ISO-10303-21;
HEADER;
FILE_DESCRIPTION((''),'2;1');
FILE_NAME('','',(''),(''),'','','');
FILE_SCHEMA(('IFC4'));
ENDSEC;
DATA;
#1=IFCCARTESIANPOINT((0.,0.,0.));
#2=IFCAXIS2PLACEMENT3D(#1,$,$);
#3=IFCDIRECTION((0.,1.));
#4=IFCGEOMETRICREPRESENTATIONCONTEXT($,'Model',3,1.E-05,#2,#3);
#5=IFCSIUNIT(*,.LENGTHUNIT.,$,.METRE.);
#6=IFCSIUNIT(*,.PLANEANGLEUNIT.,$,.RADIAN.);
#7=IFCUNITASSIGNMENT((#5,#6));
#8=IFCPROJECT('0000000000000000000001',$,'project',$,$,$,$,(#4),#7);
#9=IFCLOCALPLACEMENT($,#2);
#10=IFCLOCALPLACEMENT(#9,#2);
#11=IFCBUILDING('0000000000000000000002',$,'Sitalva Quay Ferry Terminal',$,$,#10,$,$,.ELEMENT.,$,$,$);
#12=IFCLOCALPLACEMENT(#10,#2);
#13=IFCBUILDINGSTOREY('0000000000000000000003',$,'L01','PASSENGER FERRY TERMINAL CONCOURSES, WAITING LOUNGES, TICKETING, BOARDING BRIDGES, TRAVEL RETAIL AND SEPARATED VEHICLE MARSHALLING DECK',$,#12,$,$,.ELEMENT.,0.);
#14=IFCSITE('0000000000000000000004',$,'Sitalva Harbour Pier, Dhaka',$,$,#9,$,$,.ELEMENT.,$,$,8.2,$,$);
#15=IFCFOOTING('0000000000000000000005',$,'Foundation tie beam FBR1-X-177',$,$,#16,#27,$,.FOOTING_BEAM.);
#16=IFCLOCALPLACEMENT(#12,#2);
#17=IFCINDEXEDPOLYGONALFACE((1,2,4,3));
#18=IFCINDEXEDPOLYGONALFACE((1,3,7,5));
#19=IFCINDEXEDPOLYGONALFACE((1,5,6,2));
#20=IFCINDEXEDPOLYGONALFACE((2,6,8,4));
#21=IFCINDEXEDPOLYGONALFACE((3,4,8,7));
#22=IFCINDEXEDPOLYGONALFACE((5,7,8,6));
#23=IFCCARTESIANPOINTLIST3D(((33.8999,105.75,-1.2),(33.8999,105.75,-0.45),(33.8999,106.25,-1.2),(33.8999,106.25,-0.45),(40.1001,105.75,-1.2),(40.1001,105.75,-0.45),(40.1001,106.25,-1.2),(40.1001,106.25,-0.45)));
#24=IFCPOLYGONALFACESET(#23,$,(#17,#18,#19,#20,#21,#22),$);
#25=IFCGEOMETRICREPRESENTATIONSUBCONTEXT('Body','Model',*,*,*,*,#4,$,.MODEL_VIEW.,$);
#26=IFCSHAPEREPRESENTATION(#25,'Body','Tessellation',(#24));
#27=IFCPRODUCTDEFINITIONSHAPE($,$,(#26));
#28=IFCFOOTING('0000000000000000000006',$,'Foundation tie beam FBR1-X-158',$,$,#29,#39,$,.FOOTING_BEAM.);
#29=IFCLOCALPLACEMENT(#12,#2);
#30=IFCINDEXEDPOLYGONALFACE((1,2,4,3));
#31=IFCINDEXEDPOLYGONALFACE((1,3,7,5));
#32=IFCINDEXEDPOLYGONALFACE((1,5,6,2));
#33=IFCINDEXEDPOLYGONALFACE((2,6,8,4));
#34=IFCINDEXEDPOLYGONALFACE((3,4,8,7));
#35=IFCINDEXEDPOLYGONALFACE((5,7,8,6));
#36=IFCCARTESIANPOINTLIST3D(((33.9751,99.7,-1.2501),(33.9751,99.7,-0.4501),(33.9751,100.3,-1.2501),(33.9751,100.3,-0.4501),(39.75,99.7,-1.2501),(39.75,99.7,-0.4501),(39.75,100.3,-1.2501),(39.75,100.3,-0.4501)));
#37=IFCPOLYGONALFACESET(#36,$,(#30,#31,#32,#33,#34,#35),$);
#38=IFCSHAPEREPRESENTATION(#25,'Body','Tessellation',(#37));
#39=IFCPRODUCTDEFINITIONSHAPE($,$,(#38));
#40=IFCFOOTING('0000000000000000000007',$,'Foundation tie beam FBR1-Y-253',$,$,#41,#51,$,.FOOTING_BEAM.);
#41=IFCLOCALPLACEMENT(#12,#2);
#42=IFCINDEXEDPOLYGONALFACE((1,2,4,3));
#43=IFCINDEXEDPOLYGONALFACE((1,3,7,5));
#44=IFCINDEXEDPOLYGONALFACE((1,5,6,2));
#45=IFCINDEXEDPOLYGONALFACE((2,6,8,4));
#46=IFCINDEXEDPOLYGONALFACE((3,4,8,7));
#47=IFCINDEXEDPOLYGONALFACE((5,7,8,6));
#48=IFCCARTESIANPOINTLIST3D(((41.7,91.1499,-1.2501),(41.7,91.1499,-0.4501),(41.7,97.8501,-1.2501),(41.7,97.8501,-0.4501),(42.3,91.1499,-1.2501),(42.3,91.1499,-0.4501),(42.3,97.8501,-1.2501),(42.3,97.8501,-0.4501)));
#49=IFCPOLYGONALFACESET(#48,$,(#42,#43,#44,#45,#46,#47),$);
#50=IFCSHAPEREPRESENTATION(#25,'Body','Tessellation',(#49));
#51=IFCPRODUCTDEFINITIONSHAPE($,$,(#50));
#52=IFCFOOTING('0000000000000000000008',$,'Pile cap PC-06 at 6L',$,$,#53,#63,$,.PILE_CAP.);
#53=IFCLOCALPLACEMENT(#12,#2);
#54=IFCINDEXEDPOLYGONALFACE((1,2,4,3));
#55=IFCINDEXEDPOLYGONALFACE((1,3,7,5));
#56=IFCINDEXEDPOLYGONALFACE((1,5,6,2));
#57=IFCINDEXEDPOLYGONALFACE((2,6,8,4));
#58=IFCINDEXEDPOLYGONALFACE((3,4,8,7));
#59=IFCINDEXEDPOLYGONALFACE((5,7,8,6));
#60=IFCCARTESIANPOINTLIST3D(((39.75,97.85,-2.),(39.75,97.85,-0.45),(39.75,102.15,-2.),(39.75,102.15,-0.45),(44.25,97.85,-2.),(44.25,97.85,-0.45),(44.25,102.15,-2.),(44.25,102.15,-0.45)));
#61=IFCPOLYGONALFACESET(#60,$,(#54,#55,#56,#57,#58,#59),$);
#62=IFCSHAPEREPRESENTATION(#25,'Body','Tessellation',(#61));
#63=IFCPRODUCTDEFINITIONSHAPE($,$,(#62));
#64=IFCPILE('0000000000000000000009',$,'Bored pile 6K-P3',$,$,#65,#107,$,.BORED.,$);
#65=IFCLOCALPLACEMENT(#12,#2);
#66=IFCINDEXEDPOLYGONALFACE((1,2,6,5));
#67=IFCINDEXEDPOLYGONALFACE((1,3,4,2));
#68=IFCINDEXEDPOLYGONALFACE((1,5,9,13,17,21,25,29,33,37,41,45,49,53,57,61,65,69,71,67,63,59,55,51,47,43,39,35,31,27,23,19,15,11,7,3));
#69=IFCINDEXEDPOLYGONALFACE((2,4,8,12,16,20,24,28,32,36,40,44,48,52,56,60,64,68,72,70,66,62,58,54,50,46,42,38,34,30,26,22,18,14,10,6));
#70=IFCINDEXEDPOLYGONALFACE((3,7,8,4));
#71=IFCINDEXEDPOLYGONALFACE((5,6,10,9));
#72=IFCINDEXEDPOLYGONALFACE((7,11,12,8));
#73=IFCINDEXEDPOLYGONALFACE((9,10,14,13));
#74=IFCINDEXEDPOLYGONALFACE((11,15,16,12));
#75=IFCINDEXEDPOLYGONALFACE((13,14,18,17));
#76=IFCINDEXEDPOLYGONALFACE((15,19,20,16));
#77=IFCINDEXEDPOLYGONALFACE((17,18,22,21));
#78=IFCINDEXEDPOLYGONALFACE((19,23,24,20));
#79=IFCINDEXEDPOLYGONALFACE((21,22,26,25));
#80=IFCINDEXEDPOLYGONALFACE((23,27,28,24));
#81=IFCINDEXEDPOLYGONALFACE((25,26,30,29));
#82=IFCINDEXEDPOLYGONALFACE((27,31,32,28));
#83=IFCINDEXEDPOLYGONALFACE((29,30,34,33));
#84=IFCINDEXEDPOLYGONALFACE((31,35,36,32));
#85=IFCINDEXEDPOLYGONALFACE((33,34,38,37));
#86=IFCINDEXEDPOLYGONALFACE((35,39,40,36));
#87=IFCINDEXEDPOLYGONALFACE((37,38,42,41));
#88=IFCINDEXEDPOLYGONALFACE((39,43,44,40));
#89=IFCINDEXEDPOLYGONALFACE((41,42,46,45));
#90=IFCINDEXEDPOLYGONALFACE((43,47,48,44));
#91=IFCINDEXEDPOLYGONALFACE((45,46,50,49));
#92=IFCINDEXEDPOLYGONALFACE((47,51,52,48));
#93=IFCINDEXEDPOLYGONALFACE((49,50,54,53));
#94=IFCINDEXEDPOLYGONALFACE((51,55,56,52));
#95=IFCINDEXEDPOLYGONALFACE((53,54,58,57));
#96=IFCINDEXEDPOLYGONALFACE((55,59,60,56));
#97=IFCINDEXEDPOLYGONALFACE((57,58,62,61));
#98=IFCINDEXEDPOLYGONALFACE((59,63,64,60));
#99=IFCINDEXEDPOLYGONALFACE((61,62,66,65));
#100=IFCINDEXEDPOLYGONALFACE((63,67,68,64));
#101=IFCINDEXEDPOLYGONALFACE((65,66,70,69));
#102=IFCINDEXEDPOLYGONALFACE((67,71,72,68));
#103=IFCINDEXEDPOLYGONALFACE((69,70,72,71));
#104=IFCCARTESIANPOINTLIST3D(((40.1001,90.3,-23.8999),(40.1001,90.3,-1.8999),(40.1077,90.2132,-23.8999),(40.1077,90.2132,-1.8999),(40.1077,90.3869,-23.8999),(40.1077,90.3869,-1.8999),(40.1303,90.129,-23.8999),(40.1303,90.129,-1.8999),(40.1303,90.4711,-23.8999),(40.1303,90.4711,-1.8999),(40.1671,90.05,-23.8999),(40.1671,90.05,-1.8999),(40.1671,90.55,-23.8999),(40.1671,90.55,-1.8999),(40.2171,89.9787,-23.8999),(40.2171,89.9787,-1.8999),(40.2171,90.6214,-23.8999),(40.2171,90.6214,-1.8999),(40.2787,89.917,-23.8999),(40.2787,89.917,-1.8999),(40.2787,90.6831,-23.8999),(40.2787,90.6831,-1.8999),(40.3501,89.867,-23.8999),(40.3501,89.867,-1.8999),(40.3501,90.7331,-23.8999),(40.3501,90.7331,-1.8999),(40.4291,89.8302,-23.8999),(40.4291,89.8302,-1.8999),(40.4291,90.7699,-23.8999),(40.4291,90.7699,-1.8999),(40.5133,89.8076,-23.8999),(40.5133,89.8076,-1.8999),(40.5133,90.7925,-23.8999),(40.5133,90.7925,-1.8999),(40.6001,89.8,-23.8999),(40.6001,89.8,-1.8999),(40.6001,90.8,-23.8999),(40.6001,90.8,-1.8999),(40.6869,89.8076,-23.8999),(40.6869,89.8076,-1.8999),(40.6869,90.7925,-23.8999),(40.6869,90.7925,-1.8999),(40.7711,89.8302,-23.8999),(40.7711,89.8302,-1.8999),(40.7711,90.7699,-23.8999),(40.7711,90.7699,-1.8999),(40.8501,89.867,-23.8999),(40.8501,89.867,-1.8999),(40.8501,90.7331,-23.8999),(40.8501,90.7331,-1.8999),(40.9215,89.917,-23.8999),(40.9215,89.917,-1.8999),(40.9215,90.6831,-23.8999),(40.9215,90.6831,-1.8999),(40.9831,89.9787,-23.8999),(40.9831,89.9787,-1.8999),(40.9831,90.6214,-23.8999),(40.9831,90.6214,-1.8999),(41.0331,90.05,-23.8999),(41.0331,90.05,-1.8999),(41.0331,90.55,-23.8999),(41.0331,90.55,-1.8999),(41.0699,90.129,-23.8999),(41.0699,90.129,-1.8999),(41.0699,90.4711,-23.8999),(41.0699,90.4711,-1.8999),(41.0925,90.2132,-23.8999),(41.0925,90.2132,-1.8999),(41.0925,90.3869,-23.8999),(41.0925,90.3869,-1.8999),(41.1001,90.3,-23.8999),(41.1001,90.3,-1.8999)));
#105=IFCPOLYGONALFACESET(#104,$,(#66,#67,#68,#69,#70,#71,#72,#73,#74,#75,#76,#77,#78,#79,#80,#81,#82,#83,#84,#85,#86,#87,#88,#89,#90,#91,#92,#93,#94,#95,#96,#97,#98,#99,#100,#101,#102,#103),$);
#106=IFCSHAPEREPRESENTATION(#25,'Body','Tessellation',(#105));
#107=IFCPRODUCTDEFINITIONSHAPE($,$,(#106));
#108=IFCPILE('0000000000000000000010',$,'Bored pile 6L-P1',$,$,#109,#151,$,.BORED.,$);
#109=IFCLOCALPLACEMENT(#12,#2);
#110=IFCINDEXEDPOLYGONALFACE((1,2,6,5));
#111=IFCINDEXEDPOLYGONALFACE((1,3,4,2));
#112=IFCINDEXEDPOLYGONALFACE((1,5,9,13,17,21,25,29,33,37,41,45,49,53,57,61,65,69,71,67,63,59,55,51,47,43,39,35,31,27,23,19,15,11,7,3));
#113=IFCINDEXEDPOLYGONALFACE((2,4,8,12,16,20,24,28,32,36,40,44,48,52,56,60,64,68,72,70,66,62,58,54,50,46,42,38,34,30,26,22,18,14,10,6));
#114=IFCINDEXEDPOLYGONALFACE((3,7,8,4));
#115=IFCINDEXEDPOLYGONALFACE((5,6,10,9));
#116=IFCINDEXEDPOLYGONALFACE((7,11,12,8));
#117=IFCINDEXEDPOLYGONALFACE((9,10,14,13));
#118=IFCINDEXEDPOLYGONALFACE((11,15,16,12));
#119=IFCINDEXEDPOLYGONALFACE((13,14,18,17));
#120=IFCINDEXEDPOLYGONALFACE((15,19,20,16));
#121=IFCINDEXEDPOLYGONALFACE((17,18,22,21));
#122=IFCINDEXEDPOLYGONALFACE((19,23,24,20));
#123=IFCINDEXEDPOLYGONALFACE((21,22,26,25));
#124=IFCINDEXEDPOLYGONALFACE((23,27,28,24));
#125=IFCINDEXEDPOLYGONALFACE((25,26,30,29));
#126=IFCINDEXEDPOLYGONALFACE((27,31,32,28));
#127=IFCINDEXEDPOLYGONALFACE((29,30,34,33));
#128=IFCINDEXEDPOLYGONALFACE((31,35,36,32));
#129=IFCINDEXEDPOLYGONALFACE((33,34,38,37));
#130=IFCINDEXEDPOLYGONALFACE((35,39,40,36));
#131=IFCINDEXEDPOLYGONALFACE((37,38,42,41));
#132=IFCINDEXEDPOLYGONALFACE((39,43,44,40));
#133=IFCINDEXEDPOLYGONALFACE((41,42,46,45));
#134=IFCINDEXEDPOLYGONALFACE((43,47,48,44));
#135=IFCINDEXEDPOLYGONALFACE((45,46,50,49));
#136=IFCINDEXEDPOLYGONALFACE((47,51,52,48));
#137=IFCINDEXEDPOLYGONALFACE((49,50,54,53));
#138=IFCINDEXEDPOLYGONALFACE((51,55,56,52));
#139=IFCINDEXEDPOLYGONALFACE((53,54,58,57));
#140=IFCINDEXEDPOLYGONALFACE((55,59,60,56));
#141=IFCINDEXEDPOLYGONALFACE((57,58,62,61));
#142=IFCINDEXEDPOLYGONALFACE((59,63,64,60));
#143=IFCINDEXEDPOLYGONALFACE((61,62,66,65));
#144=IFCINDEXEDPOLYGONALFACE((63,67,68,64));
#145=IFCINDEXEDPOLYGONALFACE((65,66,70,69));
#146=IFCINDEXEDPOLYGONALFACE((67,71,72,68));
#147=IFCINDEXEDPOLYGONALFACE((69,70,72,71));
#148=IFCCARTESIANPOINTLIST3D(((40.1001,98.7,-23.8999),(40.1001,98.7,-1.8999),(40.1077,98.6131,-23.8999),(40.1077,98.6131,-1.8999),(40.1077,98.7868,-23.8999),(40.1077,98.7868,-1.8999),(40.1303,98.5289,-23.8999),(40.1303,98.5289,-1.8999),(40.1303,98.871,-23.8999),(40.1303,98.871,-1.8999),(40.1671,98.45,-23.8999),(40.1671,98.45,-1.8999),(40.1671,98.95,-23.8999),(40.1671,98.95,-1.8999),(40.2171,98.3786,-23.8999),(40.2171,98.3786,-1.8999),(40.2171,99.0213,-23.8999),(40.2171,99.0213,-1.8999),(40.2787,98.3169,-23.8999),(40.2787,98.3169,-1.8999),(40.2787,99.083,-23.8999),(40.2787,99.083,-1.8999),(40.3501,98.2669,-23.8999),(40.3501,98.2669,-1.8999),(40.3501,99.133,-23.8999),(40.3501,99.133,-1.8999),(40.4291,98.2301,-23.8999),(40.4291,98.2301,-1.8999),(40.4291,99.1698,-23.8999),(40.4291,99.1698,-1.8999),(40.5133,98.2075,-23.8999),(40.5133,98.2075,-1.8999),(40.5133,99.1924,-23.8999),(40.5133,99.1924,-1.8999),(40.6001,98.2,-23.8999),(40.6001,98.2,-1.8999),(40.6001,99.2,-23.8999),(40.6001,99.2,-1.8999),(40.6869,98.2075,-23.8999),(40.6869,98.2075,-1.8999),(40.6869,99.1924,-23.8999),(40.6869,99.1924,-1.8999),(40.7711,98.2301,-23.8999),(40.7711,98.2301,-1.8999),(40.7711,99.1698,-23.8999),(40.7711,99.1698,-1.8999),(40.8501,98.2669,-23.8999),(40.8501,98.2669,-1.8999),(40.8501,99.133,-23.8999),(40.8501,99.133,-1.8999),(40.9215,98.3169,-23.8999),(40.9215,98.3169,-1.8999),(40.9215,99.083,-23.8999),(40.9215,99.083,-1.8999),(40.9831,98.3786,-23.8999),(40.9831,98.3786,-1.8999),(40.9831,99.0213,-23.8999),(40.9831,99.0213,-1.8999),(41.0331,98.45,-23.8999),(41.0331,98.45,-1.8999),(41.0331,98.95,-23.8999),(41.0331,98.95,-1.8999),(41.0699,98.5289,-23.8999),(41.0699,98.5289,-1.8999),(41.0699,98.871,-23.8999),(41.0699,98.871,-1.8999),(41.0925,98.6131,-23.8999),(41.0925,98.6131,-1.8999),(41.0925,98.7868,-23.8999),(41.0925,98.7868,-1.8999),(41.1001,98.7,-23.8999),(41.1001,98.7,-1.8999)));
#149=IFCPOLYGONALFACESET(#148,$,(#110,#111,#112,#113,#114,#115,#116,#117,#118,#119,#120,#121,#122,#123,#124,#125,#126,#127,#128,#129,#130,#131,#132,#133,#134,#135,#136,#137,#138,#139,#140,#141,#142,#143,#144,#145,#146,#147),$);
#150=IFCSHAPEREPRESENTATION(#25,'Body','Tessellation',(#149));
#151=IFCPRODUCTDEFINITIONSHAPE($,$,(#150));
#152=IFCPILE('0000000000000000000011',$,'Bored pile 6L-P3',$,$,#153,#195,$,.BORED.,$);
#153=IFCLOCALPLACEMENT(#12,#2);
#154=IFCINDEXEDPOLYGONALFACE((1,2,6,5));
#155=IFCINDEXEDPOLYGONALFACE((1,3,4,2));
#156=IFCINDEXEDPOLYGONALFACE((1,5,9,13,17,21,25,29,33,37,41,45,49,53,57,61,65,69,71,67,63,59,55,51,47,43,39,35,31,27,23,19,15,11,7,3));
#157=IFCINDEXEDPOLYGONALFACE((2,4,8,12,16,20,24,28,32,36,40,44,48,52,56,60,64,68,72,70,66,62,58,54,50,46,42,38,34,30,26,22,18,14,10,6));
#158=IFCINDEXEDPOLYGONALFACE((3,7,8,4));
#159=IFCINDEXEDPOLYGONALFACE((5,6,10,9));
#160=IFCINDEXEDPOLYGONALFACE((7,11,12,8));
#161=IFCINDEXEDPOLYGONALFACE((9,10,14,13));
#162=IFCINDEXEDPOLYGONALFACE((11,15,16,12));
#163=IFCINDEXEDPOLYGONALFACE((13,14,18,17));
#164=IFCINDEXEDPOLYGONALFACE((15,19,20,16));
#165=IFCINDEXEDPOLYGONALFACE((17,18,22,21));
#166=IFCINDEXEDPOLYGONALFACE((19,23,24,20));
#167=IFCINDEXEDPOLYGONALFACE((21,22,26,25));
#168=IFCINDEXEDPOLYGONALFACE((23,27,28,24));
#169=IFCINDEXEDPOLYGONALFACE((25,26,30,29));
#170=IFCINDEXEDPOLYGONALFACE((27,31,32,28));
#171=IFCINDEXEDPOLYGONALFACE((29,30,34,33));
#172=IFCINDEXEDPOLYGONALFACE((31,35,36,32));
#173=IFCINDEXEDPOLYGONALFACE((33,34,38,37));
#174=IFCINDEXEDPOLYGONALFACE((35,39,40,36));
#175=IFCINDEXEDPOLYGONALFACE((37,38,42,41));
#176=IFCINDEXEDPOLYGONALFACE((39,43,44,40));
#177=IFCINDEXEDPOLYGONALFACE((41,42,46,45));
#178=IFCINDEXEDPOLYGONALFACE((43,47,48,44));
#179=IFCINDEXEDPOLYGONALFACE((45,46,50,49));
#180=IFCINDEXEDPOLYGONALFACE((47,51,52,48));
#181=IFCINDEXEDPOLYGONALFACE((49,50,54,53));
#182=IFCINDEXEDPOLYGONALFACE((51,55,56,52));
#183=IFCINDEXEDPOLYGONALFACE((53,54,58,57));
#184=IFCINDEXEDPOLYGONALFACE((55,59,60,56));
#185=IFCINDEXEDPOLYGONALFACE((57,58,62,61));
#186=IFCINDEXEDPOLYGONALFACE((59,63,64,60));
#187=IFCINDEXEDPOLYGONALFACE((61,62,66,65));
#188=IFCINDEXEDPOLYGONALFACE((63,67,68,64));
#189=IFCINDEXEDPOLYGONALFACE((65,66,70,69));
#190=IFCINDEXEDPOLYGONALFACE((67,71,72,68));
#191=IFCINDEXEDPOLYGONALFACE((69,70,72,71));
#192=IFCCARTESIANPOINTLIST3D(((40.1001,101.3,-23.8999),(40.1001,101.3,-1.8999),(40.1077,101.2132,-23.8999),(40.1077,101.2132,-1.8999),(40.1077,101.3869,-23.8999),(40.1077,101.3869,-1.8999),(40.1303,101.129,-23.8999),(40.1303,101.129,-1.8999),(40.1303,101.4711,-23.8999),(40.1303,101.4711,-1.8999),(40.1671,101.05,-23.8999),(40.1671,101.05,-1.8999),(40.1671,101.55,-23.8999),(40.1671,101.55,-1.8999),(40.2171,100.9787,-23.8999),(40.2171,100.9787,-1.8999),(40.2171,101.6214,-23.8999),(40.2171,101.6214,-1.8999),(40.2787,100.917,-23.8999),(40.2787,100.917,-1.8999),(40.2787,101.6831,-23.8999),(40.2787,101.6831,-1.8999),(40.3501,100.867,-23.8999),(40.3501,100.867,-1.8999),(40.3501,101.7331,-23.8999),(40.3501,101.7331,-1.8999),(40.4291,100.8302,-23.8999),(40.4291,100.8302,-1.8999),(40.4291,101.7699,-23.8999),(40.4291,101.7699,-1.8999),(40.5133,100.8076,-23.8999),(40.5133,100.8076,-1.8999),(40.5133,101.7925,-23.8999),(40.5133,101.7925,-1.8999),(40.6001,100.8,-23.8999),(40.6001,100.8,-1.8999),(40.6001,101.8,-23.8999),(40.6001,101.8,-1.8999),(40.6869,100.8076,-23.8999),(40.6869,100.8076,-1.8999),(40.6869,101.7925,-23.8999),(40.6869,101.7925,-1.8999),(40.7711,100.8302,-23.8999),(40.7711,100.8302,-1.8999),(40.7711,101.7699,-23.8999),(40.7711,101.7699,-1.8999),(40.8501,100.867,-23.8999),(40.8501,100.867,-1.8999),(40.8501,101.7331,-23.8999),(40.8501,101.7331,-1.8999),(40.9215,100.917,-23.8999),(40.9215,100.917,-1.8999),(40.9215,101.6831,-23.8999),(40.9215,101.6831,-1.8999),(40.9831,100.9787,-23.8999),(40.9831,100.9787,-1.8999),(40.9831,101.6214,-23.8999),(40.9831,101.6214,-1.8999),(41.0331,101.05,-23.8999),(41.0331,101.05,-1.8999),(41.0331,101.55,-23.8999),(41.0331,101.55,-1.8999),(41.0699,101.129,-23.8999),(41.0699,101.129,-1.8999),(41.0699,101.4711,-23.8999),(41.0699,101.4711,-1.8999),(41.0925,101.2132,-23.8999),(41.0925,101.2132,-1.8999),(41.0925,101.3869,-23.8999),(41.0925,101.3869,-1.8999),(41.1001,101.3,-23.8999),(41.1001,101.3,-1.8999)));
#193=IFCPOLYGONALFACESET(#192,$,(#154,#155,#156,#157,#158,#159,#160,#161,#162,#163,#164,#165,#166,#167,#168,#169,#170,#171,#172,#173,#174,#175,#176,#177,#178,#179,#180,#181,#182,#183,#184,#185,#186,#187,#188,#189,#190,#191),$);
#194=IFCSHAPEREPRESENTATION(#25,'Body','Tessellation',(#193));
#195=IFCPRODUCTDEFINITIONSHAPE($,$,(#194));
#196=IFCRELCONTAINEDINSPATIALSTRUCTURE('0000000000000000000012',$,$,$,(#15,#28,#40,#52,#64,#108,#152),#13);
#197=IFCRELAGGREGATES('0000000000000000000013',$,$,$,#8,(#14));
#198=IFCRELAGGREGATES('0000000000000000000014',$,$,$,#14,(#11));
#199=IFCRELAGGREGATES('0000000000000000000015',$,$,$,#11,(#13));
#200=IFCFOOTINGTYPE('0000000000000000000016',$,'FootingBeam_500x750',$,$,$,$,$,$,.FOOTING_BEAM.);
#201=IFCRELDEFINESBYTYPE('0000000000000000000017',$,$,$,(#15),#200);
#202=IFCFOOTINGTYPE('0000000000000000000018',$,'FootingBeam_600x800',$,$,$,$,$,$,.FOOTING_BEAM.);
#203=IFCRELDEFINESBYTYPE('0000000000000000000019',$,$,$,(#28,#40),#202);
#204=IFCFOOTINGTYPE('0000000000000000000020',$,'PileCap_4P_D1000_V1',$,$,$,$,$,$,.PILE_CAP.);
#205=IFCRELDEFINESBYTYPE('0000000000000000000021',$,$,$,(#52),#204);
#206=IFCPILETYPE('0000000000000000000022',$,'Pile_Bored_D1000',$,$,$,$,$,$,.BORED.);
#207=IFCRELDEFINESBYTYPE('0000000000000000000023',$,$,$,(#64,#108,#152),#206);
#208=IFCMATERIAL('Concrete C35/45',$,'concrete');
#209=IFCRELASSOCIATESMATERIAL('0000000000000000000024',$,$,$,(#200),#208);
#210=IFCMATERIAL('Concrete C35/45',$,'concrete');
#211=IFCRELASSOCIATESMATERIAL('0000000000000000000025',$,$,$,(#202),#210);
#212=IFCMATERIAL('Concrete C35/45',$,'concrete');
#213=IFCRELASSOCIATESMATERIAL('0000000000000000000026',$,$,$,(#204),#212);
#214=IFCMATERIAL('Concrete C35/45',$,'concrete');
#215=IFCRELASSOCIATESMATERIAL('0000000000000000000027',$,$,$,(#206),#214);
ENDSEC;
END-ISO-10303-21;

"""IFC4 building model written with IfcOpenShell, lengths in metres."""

from ifc_helpers import new_model, si_unit, direction, frame, origin, origin_2d, place, context, subcontext, project, spatial, rectangle, circle, extrude, material, material_profile, profile_set, type_object, element, save


model = new_model("IFC4")

# Units and contexts
model_context = context("Model", 3, precision=1e-05, world=origin(), true_north=direction((0.0, 1.0)))
body_context = subcontext(model_context, "Body", "Model", "MODEL_VIEW")
ifc_project = project(units=[si_unit("LENGTHUNIT", "METRE"), si_unit("PLANEANGLEUNIT", "RADIAN")], contexts=[model_context])

# Site, building, storey
site_placement = place(None, origin())
site = spatial("IfcSite", under=ifc_project, at=site_placement, Name="Sitalva Harbour Pier, Dhaka", CompositionType="ELEMENT", RefElevation=8.2)
building_placement = place(site_placement, origin())
building = spatial("IfcBuilding", under=site, at=building_placement, Name="Sitalva Quay Ferry Terminal", CompositionType="ELEMENT")
storey_placement = place(building_placement, origin())
storey = spatial("IfcBuildingStorey", under=building, at=storey_placement, Name="L01", Description="PASSENGER FERRY TERMINAL CONCOURSES, WAITING LOUNGES, TICKETING, BOARDING BRIDGES, TRAVEL RETAIL AND SEPARATED VEHICLE MARSHALLING DECK", CompositionType="ELEMENT", Elevation=0.0)

# Footings
ifc_material_1 = material(Name="Concrete C35/45", Category="concrete")
ifc_material_profile_1 = material_profile(ifc_material_1, rectangle(XDim=0.5, YDim=0.75, at=origin_2d()), Name="RC500x750")
ifc_profile_set_1 = profile_set([ifc_material_profile_1], Name="Concrete C35/45")
footing_type_1 = type_object("IfcFootingType", Name="FootingBeam_500x750", PredefinedType="FOOTING_BEAM", material=ifc_profile_set_1)
footing_1_placement = place(storey_placement, frame((33.8999, 106.0, -0.825), z_axis=(1.0, 0.0, 0.0), x_axis=(0.0, 1.0, 0.0)))
element("IfcFooting", 1, at=footing_1_placement, inside=storey, type_object=footing_type_1, Name="Foundation tie beam FBR1-X-177", PredefinedType="FOOTING_BEAM", context=body_context, shape_type="SweptSolid", body=[
    extrude(rectangle(XDim=0.5, YDim=0.75, at=origin_2d()), origin(), (0.0, 0.0, 1.0), 6.2002),
])
ifc_material_2 = material(Name="Concrete C35/45", Category="concrete")
ifc_material_profile_2 = material_profile(ifc_material_2, rectangle(XDim=0.6001, YDim=0.8, at=origin_2d()), Name="RC600x800")
ifc_profile_set_2 = profile_set([ifc_material_profile_2], Name="Concrete C35/45")
footing_type_2 = type_object("IfcFootingType", Name="FootingBeam_600x800", PredefinedType="FOOTING_BEAM", material=ifc_profile_set_2)
footing_2_placement = place(storey_placement, frame((33.9751, 100.0, -0.8501), z_axis=(1.0, 0.0, 0.0), x_axis=(0.0, 1.0, 0.0)))
element("IfcFooting", 2, at=footing_2_placement, inside=storey, type_object=footing_type_2, Name="Foundation tie beam FBR1-X-158", PredefinedType="FOOTING_BEAM", context=body_context, shape_type="SweptSolid", body=[
    extrude(rectangle(XDim=0.6001, YDim=0.8, at=origin_2d()), origin(), (0.0, 0.0, 1.0), 5.7749),
])
footing_3_placement = place(storey_placement, frame((42.0, 91.1499, -0.8501), z_axis=(0.0, 1.0, 0.0), x_axis=(-1.0, 0.0, 0.0)))
element("IfcFooting", 3, at=footing_3_placement, inside=storey, type_object=footing_type_2, Name="Foundation tie beam FBR1-Y-253", PredefinedType="FOOTING_BEAM", context=body_context, shape_type="SweptSolid", body=[
    extrude(rectangle(XDim=0.6001, YDim=0.8, at=origin_2d()), origin(), (0.0, 0.0, 1.0), 6.7002),
])
ifc_material_3 = material(Name="Concrete C35/45", Category="concrete")
footing_type_3 = type_object("IfcFootingType", Name="PileCap_4P_D1000_V1", PredefinedType="PILE_CAP", material=ifc_material_3)
footing_4_placement = place(storey_placement, frame((42.0, 100.0, -2.0), z_axis=(0.0, 0.0, 1.0), x_axis=(1.0, 0.0, 0.0)))
element("IfcFooting", 4, at=footing_4_placement, inside=storey, type_object=footing_type_3, Name="Pile cap PC-06 at 6L", PredefinedType="PILE_CAP", context=body_context, shape_type="SweptSolid", body=[
    extrude(rectangle(XDim=4.5, YDim=4.3, at=origin_2d()), origin(), (0.0, 0.0, 1.0), 1.55),
])

# Piles
ifc_material_4 = material(Name="Concrete C35/45", Category="concrete")
ifc_material_profile_3 = material_profile(ifc_material_4, circle(Radius=0.5, at=origin_2d()), Name="PILE-D1000")
ifc_profile_set_3 = profile_set([ifc_material_profile_3], Name="Concrete C35/45")
pile_type_1 = type_object("IfcPileType", Name="Pile_Bored_D1000", PredefinedType="BORED", material=ifc_profile_set_3)
for number, where, z_axis, x_axis, name in (
    (5, (40.6001, 90.3, -1.8999), (0.0, 0.0, -1.0), (1.0, 0.0, 0.0), "Bored pile 6K-P3"),
    (6, (40.6001, 98.7, -1.8999), (0.0, 0.0, -1.0), (1.0, 0.0, 0.0), "Bored pile 6L-P1"),
    (7, (40.6001, 101.3, -1.8999), (0.0, 0.0, -1.0), (1.0, 0.0, 0.0), "Bored pile 6L-P3"),
):
    element("IfcPile", number, at=place(storey_placement, frame(where, z_axis=z_axis, x_axis=x_axis)), inside=storey, type_object=pile_type_1, Name=name, PredefinedType="BORED", context=body_context, shape_type="SweptSolid", body=[
        extrude(circle(Radius=0.5, at=origin_2d()), origin(), (0.0, 0.0, 1.0), 22.0),
    ])

save(model, "model.ifc")
